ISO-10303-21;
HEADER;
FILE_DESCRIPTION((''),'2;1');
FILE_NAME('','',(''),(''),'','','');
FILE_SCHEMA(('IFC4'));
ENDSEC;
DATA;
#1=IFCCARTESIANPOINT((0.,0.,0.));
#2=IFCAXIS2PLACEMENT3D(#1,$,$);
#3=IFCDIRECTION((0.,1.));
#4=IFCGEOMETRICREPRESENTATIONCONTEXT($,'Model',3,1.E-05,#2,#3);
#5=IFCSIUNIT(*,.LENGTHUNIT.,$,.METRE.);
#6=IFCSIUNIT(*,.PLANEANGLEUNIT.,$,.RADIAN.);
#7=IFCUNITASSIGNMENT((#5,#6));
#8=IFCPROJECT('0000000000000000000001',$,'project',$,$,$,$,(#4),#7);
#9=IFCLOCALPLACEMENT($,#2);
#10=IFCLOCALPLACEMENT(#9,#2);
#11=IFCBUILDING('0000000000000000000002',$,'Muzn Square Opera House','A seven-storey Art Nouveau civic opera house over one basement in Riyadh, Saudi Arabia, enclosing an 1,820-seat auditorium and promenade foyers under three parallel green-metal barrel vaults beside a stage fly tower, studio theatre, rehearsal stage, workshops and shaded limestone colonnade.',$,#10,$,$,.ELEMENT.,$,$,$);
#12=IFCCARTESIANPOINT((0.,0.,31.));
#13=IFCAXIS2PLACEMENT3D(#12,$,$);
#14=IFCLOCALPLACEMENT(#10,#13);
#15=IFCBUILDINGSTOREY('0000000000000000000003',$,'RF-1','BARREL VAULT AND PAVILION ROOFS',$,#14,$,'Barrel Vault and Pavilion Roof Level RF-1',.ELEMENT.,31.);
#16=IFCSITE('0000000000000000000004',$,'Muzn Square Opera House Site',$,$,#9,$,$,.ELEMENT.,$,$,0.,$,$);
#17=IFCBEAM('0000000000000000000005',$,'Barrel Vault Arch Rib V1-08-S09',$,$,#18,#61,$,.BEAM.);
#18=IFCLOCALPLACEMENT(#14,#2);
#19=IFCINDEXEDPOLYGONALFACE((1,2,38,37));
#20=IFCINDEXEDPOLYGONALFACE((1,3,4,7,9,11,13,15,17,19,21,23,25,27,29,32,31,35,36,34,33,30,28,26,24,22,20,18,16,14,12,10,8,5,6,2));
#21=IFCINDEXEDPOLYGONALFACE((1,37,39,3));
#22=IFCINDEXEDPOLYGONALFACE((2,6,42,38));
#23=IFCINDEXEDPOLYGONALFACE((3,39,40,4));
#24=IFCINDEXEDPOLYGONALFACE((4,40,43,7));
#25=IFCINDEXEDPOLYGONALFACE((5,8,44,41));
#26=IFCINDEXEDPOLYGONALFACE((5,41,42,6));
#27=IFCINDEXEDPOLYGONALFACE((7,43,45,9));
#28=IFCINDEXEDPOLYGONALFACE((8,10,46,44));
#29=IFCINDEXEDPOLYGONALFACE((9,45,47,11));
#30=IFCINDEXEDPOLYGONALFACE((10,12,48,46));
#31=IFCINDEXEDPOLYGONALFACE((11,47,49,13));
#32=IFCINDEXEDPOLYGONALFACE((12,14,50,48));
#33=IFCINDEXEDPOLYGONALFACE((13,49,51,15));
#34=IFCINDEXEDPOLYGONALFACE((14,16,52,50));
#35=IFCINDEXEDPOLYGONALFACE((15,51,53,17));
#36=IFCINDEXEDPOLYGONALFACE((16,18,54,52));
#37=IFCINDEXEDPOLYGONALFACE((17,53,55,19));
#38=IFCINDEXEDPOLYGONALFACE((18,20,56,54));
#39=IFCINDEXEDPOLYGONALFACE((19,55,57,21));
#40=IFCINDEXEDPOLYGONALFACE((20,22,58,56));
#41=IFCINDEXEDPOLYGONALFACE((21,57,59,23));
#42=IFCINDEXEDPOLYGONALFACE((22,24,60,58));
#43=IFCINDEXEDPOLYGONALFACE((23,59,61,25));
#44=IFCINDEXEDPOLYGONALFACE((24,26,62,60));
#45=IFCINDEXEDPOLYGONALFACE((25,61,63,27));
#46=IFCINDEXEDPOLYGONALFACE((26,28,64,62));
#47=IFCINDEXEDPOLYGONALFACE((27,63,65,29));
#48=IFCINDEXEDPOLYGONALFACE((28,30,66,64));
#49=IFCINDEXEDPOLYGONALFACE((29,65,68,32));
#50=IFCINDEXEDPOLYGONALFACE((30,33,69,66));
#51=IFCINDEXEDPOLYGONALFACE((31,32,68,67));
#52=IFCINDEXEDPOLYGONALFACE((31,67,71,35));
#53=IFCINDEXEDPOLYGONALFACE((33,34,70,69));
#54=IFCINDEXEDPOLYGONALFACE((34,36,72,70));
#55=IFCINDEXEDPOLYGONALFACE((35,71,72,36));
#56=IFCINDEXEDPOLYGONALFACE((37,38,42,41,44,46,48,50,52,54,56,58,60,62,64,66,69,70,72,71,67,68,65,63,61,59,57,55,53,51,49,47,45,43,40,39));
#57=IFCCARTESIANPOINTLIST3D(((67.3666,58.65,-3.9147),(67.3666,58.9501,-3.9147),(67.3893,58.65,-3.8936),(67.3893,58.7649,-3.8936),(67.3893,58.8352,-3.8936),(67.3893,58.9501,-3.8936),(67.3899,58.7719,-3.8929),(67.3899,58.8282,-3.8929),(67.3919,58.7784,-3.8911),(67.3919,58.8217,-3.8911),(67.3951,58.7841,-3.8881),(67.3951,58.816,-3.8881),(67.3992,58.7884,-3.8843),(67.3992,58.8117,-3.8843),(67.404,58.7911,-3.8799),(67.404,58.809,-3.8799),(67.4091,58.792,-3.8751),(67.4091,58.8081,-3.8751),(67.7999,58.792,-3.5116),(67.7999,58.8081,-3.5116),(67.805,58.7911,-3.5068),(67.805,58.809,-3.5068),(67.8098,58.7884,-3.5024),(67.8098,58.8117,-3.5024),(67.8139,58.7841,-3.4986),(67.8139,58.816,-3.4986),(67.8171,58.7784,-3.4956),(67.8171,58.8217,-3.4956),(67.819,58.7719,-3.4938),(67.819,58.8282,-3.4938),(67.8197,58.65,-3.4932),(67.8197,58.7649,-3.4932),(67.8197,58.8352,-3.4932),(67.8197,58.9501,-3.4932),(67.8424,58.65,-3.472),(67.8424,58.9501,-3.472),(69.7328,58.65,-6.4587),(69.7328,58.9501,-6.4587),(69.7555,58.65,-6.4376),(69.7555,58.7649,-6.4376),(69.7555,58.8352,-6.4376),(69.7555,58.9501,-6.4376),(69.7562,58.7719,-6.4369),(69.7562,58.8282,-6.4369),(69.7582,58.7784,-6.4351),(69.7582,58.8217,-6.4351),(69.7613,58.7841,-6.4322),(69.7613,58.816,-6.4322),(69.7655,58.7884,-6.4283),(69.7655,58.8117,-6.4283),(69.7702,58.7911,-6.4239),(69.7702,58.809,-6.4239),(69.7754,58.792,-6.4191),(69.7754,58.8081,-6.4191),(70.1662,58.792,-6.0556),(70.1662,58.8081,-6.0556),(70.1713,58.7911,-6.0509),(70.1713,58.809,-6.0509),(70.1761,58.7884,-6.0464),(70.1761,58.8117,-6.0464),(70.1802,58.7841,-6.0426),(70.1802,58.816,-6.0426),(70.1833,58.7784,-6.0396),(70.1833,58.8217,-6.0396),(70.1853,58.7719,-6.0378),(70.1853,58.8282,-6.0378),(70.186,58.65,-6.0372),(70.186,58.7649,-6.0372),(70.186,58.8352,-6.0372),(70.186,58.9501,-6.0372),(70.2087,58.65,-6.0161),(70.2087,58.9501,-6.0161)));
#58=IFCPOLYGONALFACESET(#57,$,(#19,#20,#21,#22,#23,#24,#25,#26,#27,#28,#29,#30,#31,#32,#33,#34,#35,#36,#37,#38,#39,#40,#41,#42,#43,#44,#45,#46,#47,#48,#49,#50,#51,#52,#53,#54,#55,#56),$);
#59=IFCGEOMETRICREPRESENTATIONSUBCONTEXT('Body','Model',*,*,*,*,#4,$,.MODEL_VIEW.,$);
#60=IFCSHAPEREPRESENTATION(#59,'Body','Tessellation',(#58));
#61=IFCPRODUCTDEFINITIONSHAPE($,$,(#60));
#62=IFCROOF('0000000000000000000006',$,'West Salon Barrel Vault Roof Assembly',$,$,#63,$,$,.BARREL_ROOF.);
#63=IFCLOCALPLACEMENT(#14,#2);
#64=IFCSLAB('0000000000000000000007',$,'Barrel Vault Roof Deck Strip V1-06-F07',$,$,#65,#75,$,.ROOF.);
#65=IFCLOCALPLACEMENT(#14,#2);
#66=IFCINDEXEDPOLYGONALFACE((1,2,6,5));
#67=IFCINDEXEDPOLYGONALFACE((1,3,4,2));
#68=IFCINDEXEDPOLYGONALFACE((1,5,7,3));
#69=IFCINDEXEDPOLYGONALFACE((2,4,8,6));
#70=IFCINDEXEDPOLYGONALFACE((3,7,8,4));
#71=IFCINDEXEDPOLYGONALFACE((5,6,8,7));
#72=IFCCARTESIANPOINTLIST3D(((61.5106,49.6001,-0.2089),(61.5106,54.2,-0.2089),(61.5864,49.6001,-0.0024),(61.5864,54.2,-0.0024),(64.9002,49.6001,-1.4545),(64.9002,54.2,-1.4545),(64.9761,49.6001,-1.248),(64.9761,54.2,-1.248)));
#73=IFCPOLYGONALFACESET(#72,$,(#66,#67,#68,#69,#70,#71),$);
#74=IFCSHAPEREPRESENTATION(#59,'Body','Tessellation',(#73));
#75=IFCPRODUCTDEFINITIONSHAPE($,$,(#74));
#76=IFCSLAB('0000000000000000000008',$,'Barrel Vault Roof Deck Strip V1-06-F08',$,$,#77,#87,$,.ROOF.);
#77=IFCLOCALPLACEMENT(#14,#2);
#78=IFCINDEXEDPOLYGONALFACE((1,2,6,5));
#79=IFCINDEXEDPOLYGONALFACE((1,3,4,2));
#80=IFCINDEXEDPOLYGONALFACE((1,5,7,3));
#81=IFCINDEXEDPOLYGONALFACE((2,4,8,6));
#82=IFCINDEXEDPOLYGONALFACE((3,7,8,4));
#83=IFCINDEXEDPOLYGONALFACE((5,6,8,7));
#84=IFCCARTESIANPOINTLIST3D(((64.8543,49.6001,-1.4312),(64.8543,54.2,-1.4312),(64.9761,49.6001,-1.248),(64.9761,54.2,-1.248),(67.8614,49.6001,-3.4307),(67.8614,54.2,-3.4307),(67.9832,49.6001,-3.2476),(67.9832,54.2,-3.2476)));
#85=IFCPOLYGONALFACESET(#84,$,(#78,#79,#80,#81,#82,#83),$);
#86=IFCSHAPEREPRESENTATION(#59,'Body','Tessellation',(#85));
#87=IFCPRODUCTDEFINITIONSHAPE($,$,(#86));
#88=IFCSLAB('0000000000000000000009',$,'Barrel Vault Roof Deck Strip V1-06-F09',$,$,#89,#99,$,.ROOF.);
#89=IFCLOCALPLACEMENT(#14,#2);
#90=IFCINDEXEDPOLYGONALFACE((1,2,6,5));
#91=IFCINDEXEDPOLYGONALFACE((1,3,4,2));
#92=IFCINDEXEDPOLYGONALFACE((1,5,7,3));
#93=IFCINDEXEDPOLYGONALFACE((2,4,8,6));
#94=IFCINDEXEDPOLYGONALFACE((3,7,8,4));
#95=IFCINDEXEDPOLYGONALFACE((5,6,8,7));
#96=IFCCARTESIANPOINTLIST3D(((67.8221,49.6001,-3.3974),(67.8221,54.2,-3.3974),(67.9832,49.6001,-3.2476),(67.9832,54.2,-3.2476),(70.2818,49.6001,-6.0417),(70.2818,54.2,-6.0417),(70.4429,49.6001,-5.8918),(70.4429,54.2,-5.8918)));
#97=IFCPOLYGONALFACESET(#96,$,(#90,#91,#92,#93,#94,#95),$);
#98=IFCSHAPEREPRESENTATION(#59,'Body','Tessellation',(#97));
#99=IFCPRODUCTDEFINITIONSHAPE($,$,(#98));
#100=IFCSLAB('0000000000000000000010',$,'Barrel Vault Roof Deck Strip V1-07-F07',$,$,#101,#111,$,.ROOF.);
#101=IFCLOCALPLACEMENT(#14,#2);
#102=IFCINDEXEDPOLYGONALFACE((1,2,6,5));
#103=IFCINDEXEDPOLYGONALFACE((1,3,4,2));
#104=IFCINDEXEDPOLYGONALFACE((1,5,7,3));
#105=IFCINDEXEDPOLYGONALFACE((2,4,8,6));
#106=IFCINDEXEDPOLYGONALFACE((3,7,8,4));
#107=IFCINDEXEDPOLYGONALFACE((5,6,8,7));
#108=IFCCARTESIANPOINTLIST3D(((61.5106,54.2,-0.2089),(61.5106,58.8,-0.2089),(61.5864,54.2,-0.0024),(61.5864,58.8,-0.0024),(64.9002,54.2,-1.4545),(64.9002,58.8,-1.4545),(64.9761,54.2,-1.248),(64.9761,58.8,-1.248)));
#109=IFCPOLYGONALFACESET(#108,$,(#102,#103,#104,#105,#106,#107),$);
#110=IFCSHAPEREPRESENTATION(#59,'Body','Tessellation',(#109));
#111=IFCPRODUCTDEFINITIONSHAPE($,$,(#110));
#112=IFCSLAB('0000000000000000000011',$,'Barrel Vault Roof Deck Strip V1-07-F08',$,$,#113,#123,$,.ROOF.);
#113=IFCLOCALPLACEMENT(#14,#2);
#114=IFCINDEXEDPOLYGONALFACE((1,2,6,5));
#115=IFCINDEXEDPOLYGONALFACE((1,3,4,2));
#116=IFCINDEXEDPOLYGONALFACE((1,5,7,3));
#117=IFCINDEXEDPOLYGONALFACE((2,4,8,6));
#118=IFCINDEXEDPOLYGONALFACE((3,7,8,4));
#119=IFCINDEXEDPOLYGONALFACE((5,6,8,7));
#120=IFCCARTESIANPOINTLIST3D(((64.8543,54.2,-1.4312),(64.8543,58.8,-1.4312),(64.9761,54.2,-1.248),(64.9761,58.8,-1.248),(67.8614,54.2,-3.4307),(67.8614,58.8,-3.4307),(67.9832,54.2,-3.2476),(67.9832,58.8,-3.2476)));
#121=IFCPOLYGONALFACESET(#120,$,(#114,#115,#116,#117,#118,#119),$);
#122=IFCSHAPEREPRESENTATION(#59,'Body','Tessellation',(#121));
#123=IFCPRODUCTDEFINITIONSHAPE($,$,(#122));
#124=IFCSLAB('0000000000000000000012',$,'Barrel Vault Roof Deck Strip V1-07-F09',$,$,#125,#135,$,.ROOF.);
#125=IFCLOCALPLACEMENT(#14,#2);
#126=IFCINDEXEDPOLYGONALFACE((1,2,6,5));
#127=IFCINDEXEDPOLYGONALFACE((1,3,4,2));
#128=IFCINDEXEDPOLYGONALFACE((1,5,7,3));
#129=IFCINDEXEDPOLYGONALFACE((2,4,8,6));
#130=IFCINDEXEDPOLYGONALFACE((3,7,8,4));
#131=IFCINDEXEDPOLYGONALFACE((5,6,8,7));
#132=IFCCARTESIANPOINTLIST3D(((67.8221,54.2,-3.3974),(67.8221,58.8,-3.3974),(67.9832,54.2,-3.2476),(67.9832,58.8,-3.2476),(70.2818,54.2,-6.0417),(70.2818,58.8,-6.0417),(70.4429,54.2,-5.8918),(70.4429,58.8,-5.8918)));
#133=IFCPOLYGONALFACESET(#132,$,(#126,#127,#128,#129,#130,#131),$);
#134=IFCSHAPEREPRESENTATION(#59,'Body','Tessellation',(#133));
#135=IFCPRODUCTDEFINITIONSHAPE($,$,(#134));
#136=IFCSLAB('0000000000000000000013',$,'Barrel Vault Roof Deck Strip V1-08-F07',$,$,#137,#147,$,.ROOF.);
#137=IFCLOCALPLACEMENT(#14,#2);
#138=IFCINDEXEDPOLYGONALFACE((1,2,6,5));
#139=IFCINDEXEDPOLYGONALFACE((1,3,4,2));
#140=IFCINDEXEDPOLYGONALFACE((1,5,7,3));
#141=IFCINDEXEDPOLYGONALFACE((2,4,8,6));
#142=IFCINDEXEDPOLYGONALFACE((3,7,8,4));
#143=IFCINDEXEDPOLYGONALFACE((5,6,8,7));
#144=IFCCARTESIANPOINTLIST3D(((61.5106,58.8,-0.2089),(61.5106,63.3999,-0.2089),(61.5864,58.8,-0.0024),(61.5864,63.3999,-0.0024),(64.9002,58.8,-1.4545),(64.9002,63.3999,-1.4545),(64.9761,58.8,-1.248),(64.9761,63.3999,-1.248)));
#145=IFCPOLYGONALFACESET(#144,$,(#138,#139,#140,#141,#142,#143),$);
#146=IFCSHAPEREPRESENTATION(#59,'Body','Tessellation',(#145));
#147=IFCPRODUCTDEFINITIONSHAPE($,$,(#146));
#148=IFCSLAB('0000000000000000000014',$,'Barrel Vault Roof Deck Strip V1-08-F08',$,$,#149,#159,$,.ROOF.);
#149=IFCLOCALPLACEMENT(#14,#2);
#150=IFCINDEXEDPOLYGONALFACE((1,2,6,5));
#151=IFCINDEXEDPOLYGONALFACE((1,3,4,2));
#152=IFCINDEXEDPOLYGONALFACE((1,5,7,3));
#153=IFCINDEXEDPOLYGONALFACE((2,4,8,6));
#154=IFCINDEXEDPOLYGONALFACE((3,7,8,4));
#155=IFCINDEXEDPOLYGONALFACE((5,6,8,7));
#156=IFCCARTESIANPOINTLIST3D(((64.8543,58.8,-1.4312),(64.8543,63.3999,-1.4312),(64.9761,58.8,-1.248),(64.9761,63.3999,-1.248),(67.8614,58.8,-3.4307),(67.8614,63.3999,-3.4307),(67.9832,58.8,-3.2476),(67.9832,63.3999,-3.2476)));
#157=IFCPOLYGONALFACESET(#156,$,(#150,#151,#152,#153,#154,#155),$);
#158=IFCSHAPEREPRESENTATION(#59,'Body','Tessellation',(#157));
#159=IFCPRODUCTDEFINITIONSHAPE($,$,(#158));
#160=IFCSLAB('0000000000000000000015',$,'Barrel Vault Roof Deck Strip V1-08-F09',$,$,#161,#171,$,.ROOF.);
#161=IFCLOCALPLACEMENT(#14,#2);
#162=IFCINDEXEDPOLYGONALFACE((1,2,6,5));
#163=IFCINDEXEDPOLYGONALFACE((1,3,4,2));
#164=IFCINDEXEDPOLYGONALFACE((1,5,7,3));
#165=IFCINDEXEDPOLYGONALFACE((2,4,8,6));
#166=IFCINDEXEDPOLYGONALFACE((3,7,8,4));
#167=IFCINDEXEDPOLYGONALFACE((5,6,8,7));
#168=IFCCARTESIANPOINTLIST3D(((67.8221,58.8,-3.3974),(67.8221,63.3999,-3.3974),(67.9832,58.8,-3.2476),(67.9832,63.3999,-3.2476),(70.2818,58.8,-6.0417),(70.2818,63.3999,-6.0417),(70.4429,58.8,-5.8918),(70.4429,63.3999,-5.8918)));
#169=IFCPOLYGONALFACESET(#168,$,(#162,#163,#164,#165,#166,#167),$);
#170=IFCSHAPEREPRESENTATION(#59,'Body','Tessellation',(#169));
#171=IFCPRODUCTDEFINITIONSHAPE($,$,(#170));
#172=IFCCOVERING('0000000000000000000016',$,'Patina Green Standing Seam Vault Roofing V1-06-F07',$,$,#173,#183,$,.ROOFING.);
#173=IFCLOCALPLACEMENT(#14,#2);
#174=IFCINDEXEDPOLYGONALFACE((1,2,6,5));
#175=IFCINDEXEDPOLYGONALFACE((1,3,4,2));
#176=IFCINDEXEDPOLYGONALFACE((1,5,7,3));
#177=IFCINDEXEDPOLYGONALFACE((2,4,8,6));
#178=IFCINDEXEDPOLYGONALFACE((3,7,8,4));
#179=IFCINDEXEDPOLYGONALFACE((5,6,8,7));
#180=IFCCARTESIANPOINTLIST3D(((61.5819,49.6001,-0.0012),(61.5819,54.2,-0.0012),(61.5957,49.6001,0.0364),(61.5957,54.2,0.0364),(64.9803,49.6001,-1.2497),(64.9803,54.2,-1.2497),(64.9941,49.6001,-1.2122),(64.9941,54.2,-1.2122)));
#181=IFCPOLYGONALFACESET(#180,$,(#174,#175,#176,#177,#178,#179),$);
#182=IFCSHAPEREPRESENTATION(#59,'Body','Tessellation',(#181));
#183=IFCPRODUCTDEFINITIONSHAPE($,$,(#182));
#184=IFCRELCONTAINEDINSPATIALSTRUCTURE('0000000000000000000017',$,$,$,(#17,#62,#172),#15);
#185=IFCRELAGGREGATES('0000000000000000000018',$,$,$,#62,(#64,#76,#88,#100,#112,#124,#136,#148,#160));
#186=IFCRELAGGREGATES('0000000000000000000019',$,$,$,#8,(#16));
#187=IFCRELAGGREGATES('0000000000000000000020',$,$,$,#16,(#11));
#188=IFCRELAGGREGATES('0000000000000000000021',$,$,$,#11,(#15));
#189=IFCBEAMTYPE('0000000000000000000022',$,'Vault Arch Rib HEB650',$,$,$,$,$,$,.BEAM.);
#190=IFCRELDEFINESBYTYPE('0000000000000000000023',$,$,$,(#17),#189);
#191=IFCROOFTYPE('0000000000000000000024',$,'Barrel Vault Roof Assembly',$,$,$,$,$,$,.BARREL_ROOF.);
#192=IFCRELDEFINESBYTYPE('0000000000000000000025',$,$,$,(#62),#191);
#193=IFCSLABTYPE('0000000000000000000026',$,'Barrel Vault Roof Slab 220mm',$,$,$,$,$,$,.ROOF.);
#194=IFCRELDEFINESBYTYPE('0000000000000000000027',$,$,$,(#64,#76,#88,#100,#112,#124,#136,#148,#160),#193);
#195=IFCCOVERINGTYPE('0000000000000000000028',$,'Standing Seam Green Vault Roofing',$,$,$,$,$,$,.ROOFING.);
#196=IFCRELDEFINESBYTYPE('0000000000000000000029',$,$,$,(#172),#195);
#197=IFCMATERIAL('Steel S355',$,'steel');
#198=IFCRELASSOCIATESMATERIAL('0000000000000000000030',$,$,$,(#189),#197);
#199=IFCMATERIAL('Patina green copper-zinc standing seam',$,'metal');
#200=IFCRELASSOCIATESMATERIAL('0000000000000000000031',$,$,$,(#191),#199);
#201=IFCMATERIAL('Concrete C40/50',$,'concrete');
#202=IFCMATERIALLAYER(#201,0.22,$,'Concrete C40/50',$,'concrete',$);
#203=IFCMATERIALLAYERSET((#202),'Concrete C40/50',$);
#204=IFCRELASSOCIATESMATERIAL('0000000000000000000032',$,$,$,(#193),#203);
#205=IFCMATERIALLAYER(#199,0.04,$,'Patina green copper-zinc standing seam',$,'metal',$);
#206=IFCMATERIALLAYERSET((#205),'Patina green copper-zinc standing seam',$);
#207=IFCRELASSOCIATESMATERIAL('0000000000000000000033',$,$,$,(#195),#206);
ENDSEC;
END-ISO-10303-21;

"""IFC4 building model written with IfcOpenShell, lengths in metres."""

from ifc_helpers import new_model, si_unit, direction, frame, origin, origin_2d, place, context, subcontext, project, spatial, polyline, i_section, outline, extrude, material, layer, layer_set, material_profile, profile_set, type_object, element, aggregate, save


model = new_model("IFC4")

# Units and contexts
model_context = context("Model", 3, precision=1e-05, world=origin(), true_north=direction((0.0, 1.0)))
body_context = subcontext(model_context, "Body", "Model", "MODEL_VIEW")
ifc_project = project(units=[si_unit("LENGTHUNIT", "METRE"), si_unit("PLANEANGLEUNIT", "RADIAN")], contexts=[model_context])

# Site, building, storey
site_placement = place(None, origin())
site = spatial("IfcSite", under=ifc_project, at=site_placement, Name="Muzn Square Opera House Site", CompositionType="ELEMENT", RefElevation=0.0)
building_placement = place(site_placement, origin())
building = spatial("IfcBuilding", under=site, at=building_placement, Name="Muzn Square Opera House", Description="A seven-storey Art Nouveau civic opera house over one basement in Riyadh, Saudi Arabia, enclosing an 1,820-seat auditorium and promenade foyers under three parallel green-metal barrel vaults beside a stage fly tower, studio theatre, rehearsal stage, workshops and shaded limestone colonnade.", CompositionType="ELEMENT")
storey_placement = place(building_placement, frame((0.0, 0.0, 31.0)))
storey = spatial("IfcBuildingStorey", under=building, at=storey_placement, Name="RF-1", Description="BARREL VAULT AND PAVILION ROOFS", LongName="Barrel Vault and Pavilion Roof Level RF-1", CompositionType="ELEMENT", Elevation=31.0)

# Beam
ifc_material_1 = material(Name="Steel S355", Category="steel")
ifc_material_profile_1 = material_profile(ifc_material_1, i_section(OverallWidth=0.3, OverallDepth=0.6499, WebThickness=0.0161, FlangeThickness=0.031, FilletRadius=0.0271, at=origin_2d()), Name="HEB 650", Category="steel")
ifc_profile_set_1 = profile_set([ifc_material_profile_1], Name="Steel S355")
beam_type_1 = type_object("IfcBeamType", Name="Vault Arch Rib HEB650", PredefinedType="BEAM", material=ifc_profile_set_1)
for number, where, z_axis, x_axis, name in (
    (1, (67.6045, 58.8, -3.6934), (0.681065, 0.0, -0.732223), (0.0, 1.0, 0.0), "Barrel Vault Arch Rib V1-08-S09"),
):
    element("IfcBeam", number, at=place(storey_placement, frame(where, z_axis=z_axis, x_axis=x_axis)), inside=storey, type_object=beam_type_1, Name=name, PredefinedType="BEAM", context=body_context, shape_type="SweptSolid", body=[
        extrude(i_section(OverallWidth=0.3, OverallDepth=0.6499, WebThickness=0.0161, FlangeThickness=0.031, FilletRadius=0.0271, at=origin_2d()), origin(), (0.0, 0.0, 1.0), 3.4744),
    ])

# Roof, slabs
ifc_material_2 = material(Name="Patina green copper-zinc standing seam", Category="metal")
roof_type = type_object("IfcRoofType", Name="Barrel Vault Roof Assembly", PredefinedType="BARREL_ROOF", material=ifc_material_2)
roof_placement = place(storey_placement, origin())
roof = element("IfcRoof", 2, at=roof_placement, inside=storey, type_object=roof_type, Name="West Salon Barrel Vault Roof Assembly", PredefinedType="BARREL_ROOF")
ifc_material_3 = material(Name="Concrete C40/50", Category="concrete")
ifc_layer_1 = layer(ifc_material_3, 0.22, Name="Concrete C40/50", Category="concrete")
ifc_layer_set_1 = layer_set([ifc_layer_1], Name="Concrete C40/50")
slab_type = type_object("IfcSlabType", Name="Barrel Vault Roof Slab 220mm", PredefinedType="ROOF", material=ifc_layer_set_1)
slab_1_placement = place(storey_placement, frame((61.5864, 49.6001, -0.0024), z_axis=(0.344922, 0.0, 0.938631), x_axis=(0.938631, 0.0, -0.344922)))
slab_1 = element("IfcSlab", 3, at=slab_1_placement, type_object=slab_type, Name="Barrel Vault Roof Deck Strip V1-06-F07", PredefinedType="ROOF", context=body_context, shape_type="SweptSolid", body=[
    extrude(outline(polyline([(0.0, 0.0), (3.6113, 0.0), (3.6113, 4.5999), (0.0, 4.5999), (0.0, 0.0)])), origin(), (0.0, 0.0, -1.0), 0.22),
])
slab_2_placement = place(storey_placement, frame((64.9761, 49.6001, -1.248), z_axis=(0.553701, 0.0, 0.832715), x_axis=(0.832715, 0.0, -0.553701)))
slab_2 = element("IfcSlab", 4, at=slab_2_placement, type_object=slab_type, Name="Barrel Vault Roof Deck Strip V1-06-F08", PredefinedType="ROOF", context=body_context, shape_type="SweptSolid", body=[
    extrude(outline(polyline([(0.0, 0.0), (3.6112, 0.0), (3.6112, 4.5999), (0.0, 4.5999), (0.0, 0.0)])), origin(), (0.0, 0.0, -1.0), 0.22),
])
slab_3_placement = place(storey_placement, frame((67.9832, 49.6001, -3.2476), z_axis=(0.732198, 0.0, 0.681091), x_axis=(0.681091, 0.0, -0.732198)))
slab_3 = element("IfcSlab", 5, at=slab_3_placement, type_object=slab_type, Name="Barrel Vault Roof Deck Strip V1-06-F09", PredefinedType="ROOF", context=body_context, shape_type="SweptSolid", body=[
    extrude(outline(polyline([(0.0, 0.0), (3.6114, 0.0), (3.6114, 4.5999), (0.0, 4.5999), (0.0, 0.0)])), origin(), (0.0, 0.0, -1.0), 0.22),
])
slab_4_placement = place(storey_placement, frame((61.5864, 54.2, -0.0024), z_axis=(0.344922, 0.0, 0.938631), x_axis=(0.938631, 0.0, -0.344922)))
slab_4 = element("IfcSlab", 6, at=slab_4_placement, type_object=slab_type, Name="Barrel Vault Roof Deck Strip V1-07-F07", PredefinedType="ROOF", context=body_context, shape_type="SweptSolid", body=[
    extrude(outline(polyline([(0.0, 0.0), (3.6113, 0.0), (3.6113, 4.6001), (0.0, 4.6001), (0.0, 0.0)])), origin(), (0.0, 0.0, -1.0), 0.22),
])
slab_5_placement = place(storey_placement, frame((64.9761, 54.2, -1.248), z_axis=(0.553701, 0.0, 0.832715), x_axis=(0.832715, 0.0, -0.553701)))
slab_5 = element("IfcSlab", 7, at=slab_5_placement, type_object=slab_type, Name="Barrel Vault Roof Deck Strip V1-07-F08", PredefinedType="ROOF", context=body_context, shape_type="SweptSolid", body=[
    extrude(outline(polyline([(0.0, 0.0), (3.6112, 0.0), (3.6112, 4.6001), (0.0, 4.6001), (0.0, 0.0)])), origin(), (0.0, 0.0, -1.0), 0.22),
])
slab_6_placement = place(storey_placement, frame((67.9832, 54.2, -3.2476), z_axis=(0.732198, 0.0, 0.681091), x_axis=(0.681091, 0.0, -0.732198)))
slab_6 = element("IfcSlab", 8, at=slab_6_placement, type_object=slab_type, Name="Barrel Vault Roof Deck Strip V1-07-F09", PredefinedType="ROOF", context=body_context, shape_type="SweptSolid", body=[
    extrude(outline(polyline([(0.0, 0.0), (3.6114, 0.0), (3.6114, 4.6001), (0.0, 4.6001), (0.0, 0.0)])), origin(), (0.0, 0.0, -1.0), 0.22),
])
slab_7_placement = place(storey_placement, frame((61.5864, 58.8, -0.0024), z_axis=(0.344922, 0.0, 0.938631), x_axis=(0.938631, 0.0, -0.344922)))
slab_7 = element("IfcSlab", 9, at=slab_7_placement, type_object=slab_type, Name="Barrel Vault Roof Deck Strip V1-08-F07", PredefinedType="ROOF", context=body_context, shape_type="SweptSolid", body=[
    extrude(outline(polyline([(0.0, 0.0), (3.6113, 0.0), (3.6113, 4.5999), (0.0, 4.5999), (0.0, 0.0)])), origin(), (0.0, 0.0, -1.0), 0.22),
])
slab_8_placement = place(storey_placement, frame((64.9761, 58.8, -1.248), z_axis=(0.553701, 0.0, 0.832715), x_axis=(0.832715, 0.0, -0.553701)))
slab_8 = element("IfcSlab", 10, at=slab_8_placement, type_object=slab_type, Name="Barrel Vault Roof Deck Strip V1-08-F08", PredefinedType="ROOF", context=body_context, shape_type="SweptSolid", body=[
    extrude(outline(polyline([(0.0, 0.0), (3.6112, 0.0), (3.6112, 4.5999), (0.0, 4.5999), (0.0, 0.0)])), origin(), (0.0, 0.0, -1.0), 0.22),
])
slab_9_placement = place(storey_placement, frame((67.9832, 58.8, -3.2476), z_axis=(0.732198, 0.0, 0.681091), x_axis=(0.681091, 0.0, -0.732198)))
slab_9 = element("IfcSlab", 11, at=slab_9_placement, type_object=slab_type, Name="Barrel Vault Roof Deck Strip V1-08-F09", PredefinedType="ROOF", context=body_context, shape_type="SweptSolid", body=[
    extrude(outline(polyline([(0.0, 0.0), (3.6114, 0.0), (3.6114, 4.5999), (0.0, 4.5999), (0.0, 0.0)])), origin(), (0.0, 0.0, -1.0), 0.22),
])
aggregate(roof, [slab_1, slab_2, slab_3, slab_4, slab_5, slab_6, slab_7, slab_8, slab_9])

# Covering
ifc_layer_2 = layer(ifc_material_2, 0.04, Name="Patina green copper-zinc standing seam", Category="metal")
ifc_layer_set_2 = layer_set([ifc_layer_2], Name="Patina green copper-zinc standing seam")
covering_type = type_object("IfcCoveringType", Name="Standing Seam Green Vault Roofing", PredefinedType="ROOFING", material=ifc_layer_set_2)
covering_1_placement = place(storey_placement, frame((61.5957, 49.6001, 0.0364), z_axis=(0.344849, 0.0, 0.938658), x_axis=(0.938658, 0.0, -0.344849)))
element("IfcCovering", 12, at=covering_1_placement, inside=storey, type_object=covering_type, Name="Patina Green Standing Seam Vault Roofing V1-06-F07", PredefinedType="ROOFING", context=body_context, shape_type="SweptSolid", body=[
    extrude(outline(polyline([(0.0, 0.0), (3.6205, 0.0), (3.6205, 4.5999), (0.0, 4.5999), (0.0, 0.0)])), origin(), (0.0, 0.0, -1.0), 0.04),
])

save(model, "model.ifc")
